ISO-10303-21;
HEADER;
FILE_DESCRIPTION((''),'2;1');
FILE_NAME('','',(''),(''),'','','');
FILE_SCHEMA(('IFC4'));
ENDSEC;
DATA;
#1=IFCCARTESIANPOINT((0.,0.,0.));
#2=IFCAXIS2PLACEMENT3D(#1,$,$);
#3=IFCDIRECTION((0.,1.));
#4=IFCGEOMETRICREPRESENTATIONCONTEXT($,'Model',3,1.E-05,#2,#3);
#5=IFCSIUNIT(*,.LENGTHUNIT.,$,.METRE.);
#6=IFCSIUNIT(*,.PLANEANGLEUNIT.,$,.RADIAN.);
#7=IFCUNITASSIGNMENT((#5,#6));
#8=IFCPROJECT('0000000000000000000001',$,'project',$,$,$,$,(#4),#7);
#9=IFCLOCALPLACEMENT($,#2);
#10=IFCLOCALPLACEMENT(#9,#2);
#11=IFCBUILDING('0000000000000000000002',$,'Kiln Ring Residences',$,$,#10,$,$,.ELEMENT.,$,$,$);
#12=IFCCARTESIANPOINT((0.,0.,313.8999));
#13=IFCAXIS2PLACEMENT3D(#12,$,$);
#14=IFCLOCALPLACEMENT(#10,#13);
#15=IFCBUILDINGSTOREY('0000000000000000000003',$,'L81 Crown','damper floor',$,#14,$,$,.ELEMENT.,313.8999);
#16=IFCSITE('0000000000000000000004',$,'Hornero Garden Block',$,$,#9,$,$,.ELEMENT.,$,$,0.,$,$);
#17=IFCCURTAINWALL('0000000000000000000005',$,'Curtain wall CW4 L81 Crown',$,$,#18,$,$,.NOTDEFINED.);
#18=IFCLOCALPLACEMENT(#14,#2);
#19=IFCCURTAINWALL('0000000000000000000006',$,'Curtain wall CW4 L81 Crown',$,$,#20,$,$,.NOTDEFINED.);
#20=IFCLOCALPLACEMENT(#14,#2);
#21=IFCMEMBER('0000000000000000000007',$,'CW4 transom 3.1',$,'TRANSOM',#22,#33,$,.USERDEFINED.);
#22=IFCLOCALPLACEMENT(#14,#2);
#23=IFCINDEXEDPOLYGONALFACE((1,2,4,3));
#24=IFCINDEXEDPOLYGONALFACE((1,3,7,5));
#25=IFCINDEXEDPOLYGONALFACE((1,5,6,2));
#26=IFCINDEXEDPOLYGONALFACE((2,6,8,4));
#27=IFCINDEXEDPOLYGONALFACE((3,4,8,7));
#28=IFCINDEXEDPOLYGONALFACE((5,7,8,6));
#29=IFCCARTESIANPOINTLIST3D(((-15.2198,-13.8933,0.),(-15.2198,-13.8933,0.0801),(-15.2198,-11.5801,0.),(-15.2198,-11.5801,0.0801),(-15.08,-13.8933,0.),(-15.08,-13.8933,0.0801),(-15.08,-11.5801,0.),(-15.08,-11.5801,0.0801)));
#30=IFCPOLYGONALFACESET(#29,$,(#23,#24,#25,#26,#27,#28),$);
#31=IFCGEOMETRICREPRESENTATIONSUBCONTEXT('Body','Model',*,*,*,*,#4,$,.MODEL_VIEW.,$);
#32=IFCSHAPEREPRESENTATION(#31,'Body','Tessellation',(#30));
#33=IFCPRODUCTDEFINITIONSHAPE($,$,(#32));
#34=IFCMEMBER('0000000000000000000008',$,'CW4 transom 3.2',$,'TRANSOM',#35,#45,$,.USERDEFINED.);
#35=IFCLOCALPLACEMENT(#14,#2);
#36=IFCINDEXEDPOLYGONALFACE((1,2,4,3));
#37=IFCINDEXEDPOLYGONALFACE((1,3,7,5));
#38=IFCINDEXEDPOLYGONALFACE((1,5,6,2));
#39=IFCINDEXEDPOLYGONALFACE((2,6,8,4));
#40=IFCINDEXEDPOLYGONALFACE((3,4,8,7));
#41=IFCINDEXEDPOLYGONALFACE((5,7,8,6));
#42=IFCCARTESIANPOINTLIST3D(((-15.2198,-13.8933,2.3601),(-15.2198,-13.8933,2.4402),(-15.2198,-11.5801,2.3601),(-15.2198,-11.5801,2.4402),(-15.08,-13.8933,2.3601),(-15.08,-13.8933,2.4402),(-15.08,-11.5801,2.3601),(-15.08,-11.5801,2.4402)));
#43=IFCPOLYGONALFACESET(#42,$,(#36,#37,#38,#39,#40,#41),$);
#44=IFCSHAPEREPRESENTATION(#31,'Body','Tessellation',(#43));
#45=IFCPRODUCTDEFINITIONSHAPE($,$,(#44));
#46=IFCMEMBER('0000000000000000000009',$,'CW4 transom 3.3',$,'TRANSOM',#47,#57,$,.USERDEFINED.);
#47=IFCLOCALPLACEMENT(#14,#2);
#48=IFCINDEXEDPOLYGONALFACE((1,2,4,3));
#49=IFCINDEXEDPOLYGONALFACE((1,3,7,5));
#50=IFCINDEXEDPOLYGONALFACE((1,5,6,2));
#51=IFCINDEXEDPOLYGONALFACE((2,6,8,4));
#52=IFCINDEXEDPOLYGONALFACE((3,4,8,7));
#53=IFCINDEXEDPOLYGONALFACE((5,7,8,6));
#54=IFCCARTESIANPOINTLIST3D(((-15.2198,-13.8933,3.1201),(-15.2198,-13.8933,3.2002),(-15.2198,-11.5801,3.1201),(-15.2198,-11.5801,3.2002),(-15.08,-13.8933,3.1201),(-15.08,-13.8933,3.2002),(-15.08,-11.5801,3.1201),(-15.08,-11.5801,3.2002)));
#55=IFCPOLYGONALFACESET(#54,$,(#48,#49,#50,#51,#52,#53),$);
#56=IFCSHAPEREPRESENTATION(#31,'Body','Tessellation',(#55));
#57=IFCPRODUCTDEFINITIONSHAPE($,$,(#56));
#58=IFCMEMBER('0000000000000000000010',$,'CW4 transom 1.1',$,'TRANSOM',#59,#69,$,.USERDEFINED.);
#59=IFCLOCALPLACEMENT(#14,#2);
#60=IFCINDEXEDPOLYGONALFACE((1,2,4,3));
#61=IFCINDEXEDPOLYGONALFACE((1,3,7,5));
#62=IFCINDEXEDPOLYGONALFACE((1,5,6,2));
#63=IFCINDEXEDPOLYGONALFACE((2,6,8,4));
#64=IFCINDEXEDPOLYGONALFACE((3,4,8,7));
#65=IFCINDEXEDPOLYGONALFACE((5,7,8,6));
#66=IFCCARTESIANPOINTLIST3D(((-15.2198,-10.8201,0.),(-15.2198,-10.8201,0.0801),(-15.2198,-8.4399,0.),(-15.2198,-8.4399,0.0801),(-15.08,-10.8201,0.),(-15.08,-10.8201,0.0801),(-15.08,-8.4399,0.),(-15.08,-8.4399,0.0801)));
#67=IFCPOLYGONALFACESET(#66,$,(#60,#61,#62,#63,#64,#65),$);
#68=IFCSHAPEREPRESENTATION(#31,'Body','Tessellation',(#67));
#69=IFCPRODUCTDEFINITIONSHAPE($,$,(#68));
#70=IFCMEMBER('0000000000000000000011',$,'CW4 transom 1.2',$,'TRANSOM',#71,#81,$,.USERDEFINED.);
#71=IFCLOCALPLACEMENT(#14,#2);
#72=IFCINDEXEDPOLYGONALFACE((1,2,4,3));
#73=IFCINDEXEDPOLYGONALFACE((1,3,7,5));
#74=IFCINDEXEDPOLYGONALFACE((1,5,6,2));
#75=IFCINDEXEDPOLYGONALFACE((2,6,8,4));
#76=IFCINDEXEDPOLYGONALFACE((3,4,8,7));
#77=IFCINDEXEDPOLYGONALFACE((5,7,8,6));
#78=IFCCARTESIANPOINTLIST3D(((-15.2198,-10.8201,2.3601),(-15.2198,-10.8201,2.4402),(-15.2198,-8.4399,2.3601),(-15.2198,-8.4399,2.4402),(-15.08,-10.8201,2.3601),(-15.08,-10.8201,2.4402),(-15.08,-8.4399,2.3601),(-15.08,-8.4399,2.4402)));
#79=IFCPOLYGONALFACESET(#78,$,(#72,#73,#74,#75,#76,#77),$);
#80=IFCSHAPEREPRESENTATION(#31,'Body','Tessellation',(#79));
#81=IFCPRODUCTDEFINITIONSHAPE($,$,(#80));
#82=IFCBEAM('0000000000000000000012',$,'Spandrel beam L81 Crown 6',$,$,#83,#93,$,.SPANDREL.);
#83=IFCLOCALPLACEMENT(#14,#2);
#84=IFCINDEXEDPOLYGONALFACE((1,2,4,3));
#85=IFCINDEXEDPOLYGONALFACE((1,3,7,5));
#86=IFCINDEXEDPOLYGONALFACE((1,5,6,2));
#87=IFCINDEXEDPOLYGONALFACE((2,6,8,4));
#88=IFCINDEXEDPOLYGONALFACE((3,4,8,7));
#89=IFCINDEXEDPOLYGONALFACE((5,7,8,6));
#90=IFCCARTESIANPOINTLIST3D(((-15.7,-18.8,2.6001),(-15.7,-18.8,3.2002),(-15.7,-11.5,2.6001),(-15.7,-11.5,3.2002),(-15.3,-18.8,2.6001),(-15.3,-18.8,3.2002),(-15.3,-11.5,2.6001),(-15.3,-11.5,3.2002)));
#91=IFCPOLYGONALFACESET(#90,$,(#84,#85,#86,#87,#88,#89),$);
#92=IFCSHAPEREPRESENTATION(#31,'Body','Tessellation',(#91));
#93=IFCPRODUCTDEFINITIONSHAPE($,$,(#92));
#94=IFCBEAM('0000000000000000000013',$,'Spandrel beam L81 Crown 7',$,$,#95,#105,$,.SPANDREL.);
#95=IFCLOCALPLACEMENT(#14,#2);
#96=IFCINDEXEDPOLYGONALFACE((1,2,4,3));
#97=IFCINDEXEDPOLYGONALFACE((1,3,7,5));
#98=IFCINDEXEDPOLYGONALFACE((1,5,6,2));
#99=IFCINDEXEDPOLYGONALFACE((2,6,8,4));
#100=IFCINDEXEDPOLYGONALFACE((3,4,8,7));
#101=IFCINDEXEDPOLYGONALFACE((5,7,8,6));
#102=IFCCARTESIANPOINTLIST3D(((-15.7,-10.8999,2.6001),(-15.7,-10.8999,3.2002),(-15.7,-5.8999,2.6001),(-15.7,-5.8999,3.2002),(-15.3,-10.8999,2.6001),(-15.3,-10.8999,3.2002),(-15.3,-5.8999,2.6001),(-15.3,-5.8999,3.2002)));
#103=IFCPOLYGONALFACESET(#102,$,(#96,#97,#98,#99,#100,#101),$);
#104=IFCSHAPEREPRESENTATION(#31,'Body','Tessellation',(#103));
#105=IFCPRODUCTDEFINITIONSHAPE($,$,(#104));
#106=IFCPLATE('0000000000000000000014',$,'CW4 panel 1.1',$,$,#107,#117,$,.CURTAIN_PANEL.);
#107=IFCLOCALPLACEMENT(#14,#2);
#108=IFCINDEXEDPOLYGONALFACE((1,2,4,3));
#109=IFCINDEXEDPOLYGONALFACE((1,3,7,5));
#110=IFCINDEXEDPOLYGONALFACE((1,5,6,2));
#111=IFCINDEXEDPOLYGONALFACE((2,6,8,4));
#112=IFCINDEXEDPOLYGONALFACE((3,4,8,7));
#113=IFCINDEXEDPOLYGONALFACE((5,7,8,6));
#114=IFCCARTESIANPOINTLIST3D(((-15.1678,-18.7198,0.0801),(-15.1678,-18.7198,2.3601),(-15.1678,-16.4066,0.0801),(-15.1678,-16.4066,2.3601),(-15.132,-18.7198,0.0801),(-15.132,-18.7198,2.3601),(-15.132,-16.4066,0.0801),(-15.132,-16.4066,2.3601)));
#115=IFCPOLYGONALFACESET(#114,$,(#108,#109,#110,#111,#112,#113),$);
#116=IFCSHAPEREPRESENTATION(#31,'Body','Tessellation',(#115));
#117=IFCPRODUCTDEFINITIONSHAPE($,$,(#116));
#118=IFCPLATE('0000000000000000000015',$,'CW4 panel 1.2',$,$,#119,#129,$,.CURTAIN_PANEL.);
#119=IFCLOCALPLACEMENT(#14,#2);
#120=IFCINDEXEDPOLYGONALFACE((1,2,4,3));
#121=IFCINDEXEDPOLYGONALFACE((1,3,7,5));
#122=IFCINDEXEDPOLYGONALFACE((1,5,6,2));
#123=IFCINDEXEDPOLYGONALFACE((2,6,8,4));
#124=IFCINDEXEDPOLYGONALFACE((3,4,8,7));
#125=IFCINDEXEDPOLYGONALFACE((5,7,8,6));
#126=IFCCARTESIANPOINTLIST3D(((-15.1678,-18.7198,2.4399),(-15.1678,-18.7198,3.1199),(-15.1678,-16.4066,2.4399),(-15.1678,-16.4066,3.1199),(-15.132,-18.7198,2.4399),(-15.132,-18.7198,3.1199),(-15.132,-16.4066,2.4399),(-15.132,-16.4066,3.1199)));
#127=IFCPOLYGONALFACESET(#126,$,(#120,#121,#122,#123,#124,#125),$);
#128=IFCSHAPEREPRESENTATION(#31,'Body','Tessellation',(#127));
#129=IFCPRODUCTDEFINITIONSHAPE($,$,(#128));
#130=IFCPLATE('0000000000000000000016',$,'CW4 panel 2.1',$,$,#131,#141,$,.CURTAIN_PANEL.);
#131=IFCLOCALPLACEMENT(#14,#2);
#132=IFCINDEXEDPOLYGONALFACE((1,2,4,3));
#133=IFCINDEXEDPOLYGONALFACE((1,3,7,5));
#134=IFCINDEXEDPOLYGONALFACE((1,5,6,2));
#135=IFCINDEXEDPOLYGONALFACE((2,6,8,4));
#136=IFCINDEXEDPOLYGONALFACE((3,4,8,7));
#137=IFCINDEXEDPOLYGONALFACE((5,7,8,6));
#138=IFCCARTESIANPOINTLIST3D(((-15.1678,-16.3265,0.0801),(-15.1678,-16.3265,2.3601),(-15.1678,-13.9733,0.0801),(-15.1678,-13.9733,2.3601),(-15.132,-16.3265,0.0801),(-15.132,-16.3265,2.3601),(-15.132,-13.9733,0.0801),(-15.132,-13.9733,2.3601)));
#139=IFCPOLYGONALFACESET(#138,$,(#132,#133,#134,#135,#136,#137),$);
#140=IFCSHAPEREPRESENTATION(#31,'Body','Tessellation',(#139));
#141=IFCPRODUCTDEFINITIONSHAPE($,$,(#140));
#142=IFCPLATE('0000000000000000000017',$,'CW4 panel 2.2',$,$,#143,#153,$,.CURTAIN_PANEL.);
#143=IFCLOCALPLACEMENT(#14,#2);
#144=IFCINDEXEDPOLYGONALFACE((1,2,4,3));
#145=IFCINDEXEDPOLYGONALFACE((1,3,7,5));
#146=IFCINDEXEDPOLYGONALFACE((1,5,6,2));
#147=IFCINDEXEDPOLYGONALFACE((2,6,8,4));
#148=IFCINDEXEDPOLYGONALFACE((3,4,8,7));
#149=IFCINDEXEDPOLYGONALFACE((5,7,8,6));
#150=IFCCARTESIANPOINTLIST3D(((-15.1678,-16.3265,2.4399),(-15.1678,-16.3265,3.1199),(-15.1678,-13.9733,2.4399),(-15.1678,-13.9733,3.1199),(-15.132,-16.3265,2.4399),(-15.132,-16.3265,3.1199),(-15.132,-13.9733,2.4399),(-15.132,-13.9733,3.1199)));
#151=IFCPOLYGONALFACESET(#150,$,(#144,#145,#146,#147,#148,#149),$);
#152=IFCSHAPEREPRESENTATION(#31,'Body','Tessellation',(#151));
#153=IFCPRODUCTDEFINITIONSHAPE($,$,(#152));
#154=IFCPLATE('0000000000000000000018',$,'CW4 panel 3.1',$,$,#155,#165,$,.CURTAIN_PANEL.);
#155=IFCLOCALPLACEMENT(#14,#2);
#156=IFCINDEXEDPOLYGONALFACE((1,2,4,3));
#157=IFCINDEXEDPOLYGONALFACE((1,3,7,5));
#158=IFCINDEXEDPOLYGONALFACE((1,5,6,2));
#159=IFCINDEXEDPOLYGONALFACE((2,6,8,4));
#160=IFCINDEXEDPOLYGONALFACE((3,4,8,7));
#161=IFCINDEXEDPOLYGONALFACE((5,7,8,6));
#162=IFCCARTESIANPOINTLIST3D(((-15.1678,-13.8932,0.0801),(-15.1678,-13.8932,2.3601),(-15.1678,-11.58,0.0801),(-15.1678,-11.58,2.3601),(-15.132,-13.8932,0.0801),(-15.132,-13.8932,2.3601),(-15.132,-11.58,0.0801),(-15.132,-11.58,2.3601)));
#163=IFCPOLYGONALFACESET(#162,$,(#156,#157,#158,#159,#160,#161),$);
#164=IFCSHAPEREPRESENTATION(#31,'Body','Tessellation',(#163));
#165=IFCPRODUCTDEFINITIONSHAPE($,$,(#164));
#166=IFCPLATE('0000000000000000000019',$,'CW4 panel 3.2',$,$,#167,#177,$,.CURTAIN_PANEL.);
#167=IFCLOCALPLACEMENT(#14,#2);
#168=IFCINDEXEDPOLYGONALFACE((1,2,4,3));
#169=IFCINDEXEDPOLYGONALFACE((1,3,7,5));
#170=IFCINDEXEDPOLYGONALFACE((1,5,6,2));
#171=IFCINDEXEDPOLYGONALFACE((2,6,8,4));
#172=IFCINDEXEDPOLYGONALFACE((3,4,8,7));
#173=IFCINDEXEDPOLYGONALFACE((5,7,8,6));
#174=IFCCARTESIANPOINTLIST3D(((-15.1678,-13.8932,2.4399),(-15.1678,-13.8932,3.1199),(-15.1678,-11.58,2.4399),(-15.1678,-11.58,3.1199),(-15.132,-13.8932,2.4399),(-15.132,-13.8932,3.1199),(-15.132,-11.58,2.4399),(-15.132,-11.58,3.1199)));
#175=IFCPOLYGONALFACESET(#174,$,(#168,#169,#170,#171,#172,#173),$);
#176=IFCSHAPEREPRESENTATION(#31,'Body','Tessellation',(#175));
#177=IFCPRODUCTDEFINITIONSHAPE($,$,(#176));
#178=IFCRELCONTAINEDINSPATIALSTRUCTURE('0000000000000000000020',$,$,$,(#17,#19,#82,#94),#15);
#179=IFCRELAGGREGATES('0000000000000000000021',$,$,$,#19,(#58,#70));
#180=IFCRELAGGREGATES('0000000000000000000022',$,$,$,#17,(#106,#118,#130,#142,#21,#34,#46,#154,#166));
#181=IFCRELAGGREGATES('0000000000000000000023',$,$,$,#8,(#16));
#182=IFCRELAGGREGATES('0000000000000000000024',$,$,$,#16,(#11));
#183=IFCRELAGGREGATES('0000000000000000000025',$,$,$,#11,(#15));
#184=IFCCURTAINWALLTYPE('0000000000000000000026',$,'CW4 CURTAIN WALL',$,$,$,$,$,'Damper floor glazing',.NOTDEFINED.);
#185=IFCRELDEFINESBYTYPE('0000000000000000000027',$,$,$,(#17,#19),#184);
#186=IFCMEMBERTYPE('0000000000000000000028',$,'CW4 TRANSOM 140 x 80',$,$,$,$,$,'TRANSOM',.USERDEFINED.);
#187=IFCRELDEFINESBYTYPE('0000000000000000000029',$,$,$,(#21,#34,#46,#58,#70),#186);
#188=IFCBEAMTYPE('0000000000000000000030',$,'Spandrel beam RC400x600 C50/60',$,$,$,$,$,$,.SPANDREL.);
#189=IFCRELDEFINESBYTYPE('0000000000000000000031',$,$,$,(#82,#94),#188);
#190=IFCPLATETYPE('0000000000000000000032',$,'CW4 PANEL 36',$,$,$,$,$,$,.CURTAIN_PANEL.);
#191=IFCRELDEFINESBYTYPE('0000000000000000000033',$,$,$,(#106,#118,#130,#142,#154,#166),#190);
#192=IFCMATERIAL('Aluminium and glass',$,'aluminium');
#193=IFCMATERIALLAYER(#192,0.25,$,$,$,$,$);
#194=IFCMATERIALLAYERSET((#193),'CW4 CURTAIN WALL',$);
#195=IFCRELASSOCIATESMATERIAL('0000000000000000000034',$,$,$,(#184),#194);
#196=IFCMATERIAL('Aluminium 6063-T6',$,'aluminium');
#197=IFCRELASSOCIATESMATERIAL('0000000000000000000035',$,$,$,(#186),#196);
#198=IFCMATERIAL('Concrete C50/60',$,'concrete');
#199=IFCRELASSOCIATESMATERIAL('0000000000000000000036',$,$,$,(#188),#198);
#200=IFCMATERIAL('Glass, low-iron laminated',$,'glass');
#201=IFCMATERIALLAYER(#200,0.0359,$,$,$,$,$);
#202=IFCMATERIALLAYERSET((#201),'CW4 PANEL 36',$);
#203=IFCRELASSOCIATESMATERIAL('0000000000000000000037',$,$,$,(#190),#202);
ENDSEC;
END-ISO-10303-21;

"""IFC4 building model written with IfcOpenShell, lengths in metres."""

from ifc_helpers import new_model, si_unit, direction, frame, origin, origin_2d, place, context, subcontext, project, spatial, rectangle, extrude, material, layer, layer_set, material_profile, profile_set, type_object, element, aggregate, save


model = new_model("IFC4")

# Units and contexts
model_context = context("Model", 3, precision=1e-05, world=origin(), true_north=direction((0.0, 1.0)))
body_context = subcontext(model_context, "Body", "Model", "MODEL_VIEW")
ifc_project = project(units=[si_unit("LENGTHUNIT", "METRE"), si_unit("PLANEANGLEUNIT", "RADIAN")], contexts=[model_context])

# Site, building, storey
site_placement = place(None, origin())
site = spatial("IfcSite", under=ifc_project, at=site_placement, Name="Hornero Garden Block", CompositionType="ELEMENT", RefElevation=0.0)
building_placement = place(site_placement, origin())
building = spatial("IfcBuilding", under=site, at=building_placement, Name="Kiln Ring Residences", CompositionType="ELEMENT")
storey_placement = place(building_placement, frame((0.0, 0.0, 313.8999)))
storey = spatial("IfcBuildingStorey", under=building, at=storey_placement, Name="L81 Crown", Description="damper floor", CompositionType="ELEMENT", Elevation=313.8999)

# Shared definitions
ifc_material_1 = material(Name="Aluminium and glass", Category="aluminium")
ifc_layer_1 = layer(ifc_material_1, 0.25)
ifc_layer_set_1 = layer_set([ifc_layer_1], Name="CW4 CURTAIN WALL")
curtain_wall_type = type_object("IfcCurtainWallType", Name="CW4 CURTAIN WALL", ElementType="Damper floor glazing", PredefinedType="NOTDEFINED", material=ifc_layer_set_1)
placement = place(storey_placement, origin())

# Curtain wall
curtain_wall_1 = element("IfcCurtainWall", 1, at=placement, inside=storey, type_object=curtain_wall_type, Name="Curtain wall CW4 L81 Crown", PredefinedType="NOTDEFINED")

# Curtain wall
curtain_wall_2 = element("IfcCurtainWall", 2, at=placement, inside=storey, type_object=curtain_wall_type, Name="Curtain wall CW4 L81 Crown", PredefinedType="NOTDEFINED")

# Members
ifc_material_2 = material(Name="Aluminium 6063-T6", Category="aluminium")
ifc_material_profile_1 = material_profile(ifc_material_2, rectangle(XDim=0.1399, YDim=0.0801, at=origin_2d()), Name="AL 140x80")
ifc_profile_set_1 = profile_set([ifc_material_profile_1], Name="Aluminium 6063-T6")
member_type_1 = type_object("IfcMemberType", Name="CW4 TRANSOM 140 x 80", ElementType="TRANSOM", PredefinedType="USERDEFINED", material=ifc_profile_set_1)
member_1_placement = place(storey_placement, frame((-15.1499, -13.8933, 0.04), z_axis=(0.0, 1.0, 0.0), x_axis=(-1.0, 0.0, 0.0)))
member_1 = element("IfcMember", 3, at=member_1_placement, type_object=member_type_1, Name="CW4 transom 3.1", ObjectType="TRANSOM", PredefinedType="USERDEFINED", context=body_context, shape_type="SweptSolid", body=[
    extrude(rectangle(XDim=0.1399, YDim=0.0801, at=origin_2d()), origin(), (0.0, 0.0, 1.0), 2.3132),
])
member_2_placement = place(storey_placement, frame((-15.1499, -13.8933, 2.4001), z_axis=(0.0, 1.0, 0.0), x_axis=(-1.0, 0.0, 0.0)))
member_2 = element("IfcMember", 4, at=member_2_placement, type_object=member_type_1, Name="CW4 transom 3.2", ObjectType="TRANSOM", PredefinedType="USERDEFINED", context=body_context, shape_type="SweptSolid", body=[
    extrude(rectangle(XDim=0.1399, YDim=0.0801, at=origin_2d()), origin(), (0.0, 0.0, 1.0), 2.3132),
])
member_3_placement = place(storey_placement, frame((-15.1499, -13.8933, 3.1602), z_axis=(0.0, 1.0, 0.0), x_axis=(-1.0, 0.0, 0.0)))
member_3 = element("IfcMember", 5, at=member_3_placement, type_object=member_type_1, Name="CW4 transom 3.3", ObjectType="TRANSOM", PredefinedType="USERDEFINED", context=body_context, shape_type="SweptSolid", body=[
    extrude(rectangle(XDim=0.1399, YDim=0.0801, at=origin_2d()), origin(), (0.0, 0.0, 1.0), 2.3132),
])
member_4_placement = place(storey_placement, frame((-15.1499, -10.8201, 0.04), z_axis=(0.0, 1.0, 0.0), x_axis=(-1.0, 0.0, 0.0)))
member_4 = element("IfcMember", 6, at=member_4_placement, type_object=member_type_1, Name="CW4 transom 1.1", ObjectType="TRANSOM", PredefinedType="USERDEFINED", context=body_context, shape_type="SweptSolid", body=[
    extrude(rectangle(XDim=0.1399, YDim=0.0801, at=origin_2d()), origin(), (0.0, 0.0, 1.0), 2.3801),
])
member_5_placement = place(storey_placement, frame((-15.1499, -10.8201, 2.4001), z_axis=(0.0, 1.0, 0.0), x_axis=(-1.0, 0.0, 0.0)))
member_5 = element("IfcMember", 7, at=member_5_placement, type_object=member_type_1, Name="CW4 transom 1.2", ObjectType="TRANSOM", PredefinedType="USERDEFINED", context=body_context, shape_type="SweptSolid", body=[
    extrude(rectangle(XDim=0.1399, YDim=0.0801, at=origin_2d()), origin(), (0.0, 0.0, 1.0), 2.3801),
])
aggregate(curtain_wall_2, [member_4, member_5])

# Beams
ifc_material_3 = material(Name="Concrete C50/60", Category="concrete")
ifc_material_profile_2 = material_profile(ifc_material_3, rectangle(XDim=0.3999, YDim=0.6001, at=origin_2d()), Name="RC400x600")
ifc_profile_set_2 = profile_set([ifc_material_profile_2], Name="Concrete C50/60")
beam_type = type_object("IfcBeamType", Name="Spandrel beam RC400x600 C50/60", PredefinedType="SPANDREL", material=ifc_profile_set_2)
beam_1_placement = place(storey_placement, frame((-15.5, -18.8, 2.9001), z_axis=(0.0, 1.0, 0.0), x_axis=(-1.0, 0.0, 0.0)))
element("IfcBeam", 8, at=beam_1_placement, inside=storey, type_object=beam_type, Name="Spandrel beam L81 Crown 6", PredefinedType="SPANDREL", context=body_context, shape_type="SweptSolid", body=[
    extrude(rectangle(XDim=0.3999, YDim=0.6001, at=origin_2d()), origin(), (0.0, 0.0, 1.0), 7.3),
])
beam_2_placement = place(storey_placement, frame((-15.5, -10.8999, 2.9001), z_axis=(0.0, 1.0, 0.0), x_axis=(-1.0, 0.0, 0.0)))
element("IfcBeam", 9, at=beam_2_placement, inside=storey, type_object=beam_type, Name="Spandrel beam L81 Crown 7", PredefinedType="SPANDREL", context=body_context, shape_type="SweptSolid", body=[
    extrude(rectangle(XDim=0.3999, YDim=0.6001, at=origin_2d()), origin(), (0.0, 0.0, 1.0), 5.0),
])

# Plates
ifc_material_4 = material(Name="Glass, low-iron laminated", Category="glass")
ifc_layer_2 = layer(ifc_material_4, 0.0359)
ifc_layer_set_2 = layer_set([ifc_layer_2], Name="CW4 PANEL 36")
plate_type = type_object("IfcPlateType", Name="CW4 PANEL 36", PredefinedType="CURTAIN_PANEL", material=ifc_layer_set_2)
plate_1_placement = place(storey_placement, frame((-15.1499, -17.5632, 0.0801), z_axis=(0.0, 0.0, 1.0), x_axis=(0.0, 1.0, 0.0)))
plate_1 = element("IfcPlate", 10, at=plate_1_placement, type_object=plate_type, Name="CW4 panel 1.1", PredefinedType="CURTAIN_PANEL", context=body_context, shape_type="SweptSolid", body=[
    extrude(rectangle(XDim=2.3132, YDim=0.0359, at=origin_2d()), origin(), (0.0, 0.0, 1.0), 2.28),
])
plate_2_placement = place(storey_placement, frame((-15.1499, -17.5632, 2.4399), z_axis=(0.0, 0.0, 1.0), x_axis=(0.0, 1.0, 0.0)))
plate_2 = element("IfcPlate", 11, at=plate_2_placement, type_object=plate_type, Name="CW4 panel 1.2", PredefinedType="CURTAIN_PANEL", context=body_context, shape_type="SweptSolid", body=[
    extrude(rectangle(XDim=2.3132, YDim=0.0359, at=origin_2d()), origin(), (0.0, 0.0, 1.0), 0.6799),
])
plate_3_placement = place(storey_placement, frame((-15.1499, -15.1499, 0.0801), z_axis=(0.0, 0.0, 1.0), x_axis=(0.0, 1.0, 0.0)))
plate_3 = element("IfcPlate", 12, at=plate_3_placement, type_object=plate_type, Name="CW4 panel 2.1", PredefinedType="CURTAIN_PANEL", context=body_context, shape_type="SweptSolid", body=[
    extrude(rectangle(XDim=2.3533, YDim=0.0359, at=origin_2d()), origin(), (0.0, 0.0, 1.0), 2.28),
])
plate_4_placement = place(storey_placement, frame((-15.1499, -15.1499, 2.4399), z_axis=(0.0, 0.0, 1.0), x_axis=(0.0, 1.0, 0.0)))
plate_4 = element("IfcPlate", 13, at=plate_4_placement, type_object=plate_type, Name="CW4 panel 2.2", PredefinedType="CURTAIN_PANEL", context=body_context, shape_type="SweptSolid", body=[
    extrude(rectangle(XDim=2.3533, YDim=0.0359, at=origin_2d()), origin(), (0.0, 0.0, 1.0), 0.6799),
])
plate_5_placement = place(storey_placement, frame((-15.1499, -12.7366, 0.0801), z_axis=(0.0, 0.0, 1.0), x_axis=(0.0, 1.0, 0.0)))
plate_5 = element("IfcPlate", 14, at=plate_5_placement, type_object=plate_type, Name="CW4 panel 3.1", PredefinedType="CURTAIN_PANEL", context=body_context, shape_type="SweptSolid", body=[
    extrude(rectangle(XDim=2.3132, YDim=0.0359, at=origin_2d()), origin(), (0.0, 0.0, 1.0), 2.28),
])
plate_6_placement = place(storey_placement, frame((-15.1499, -12.7366, 2.4399), z_axis=(0.0, 0.0, 1.0), x_axis=(0.0, 1.0, 0.0)))
plate_6 = element("IfcPlate", 15, at=plate_6_placement, type_object=plate_type, Name="CW4 panel 3.2", PredefinedType="CURTAIN_PANEL", context=body_context, shape_type="SweptSolid", body=[
    extrude(rectangle(XDim=2.3132, YDim=0.0359, at=origin_2d()), origin(), (0.0, 0.0, 1.0), 0.6799),
])
aggregate(curtain_wall_1, [plate_1, plate_2, plate_3, plate_4, member_1, member_2, member_3, plate_5, plate_6])

save(model, "model.ifc")
